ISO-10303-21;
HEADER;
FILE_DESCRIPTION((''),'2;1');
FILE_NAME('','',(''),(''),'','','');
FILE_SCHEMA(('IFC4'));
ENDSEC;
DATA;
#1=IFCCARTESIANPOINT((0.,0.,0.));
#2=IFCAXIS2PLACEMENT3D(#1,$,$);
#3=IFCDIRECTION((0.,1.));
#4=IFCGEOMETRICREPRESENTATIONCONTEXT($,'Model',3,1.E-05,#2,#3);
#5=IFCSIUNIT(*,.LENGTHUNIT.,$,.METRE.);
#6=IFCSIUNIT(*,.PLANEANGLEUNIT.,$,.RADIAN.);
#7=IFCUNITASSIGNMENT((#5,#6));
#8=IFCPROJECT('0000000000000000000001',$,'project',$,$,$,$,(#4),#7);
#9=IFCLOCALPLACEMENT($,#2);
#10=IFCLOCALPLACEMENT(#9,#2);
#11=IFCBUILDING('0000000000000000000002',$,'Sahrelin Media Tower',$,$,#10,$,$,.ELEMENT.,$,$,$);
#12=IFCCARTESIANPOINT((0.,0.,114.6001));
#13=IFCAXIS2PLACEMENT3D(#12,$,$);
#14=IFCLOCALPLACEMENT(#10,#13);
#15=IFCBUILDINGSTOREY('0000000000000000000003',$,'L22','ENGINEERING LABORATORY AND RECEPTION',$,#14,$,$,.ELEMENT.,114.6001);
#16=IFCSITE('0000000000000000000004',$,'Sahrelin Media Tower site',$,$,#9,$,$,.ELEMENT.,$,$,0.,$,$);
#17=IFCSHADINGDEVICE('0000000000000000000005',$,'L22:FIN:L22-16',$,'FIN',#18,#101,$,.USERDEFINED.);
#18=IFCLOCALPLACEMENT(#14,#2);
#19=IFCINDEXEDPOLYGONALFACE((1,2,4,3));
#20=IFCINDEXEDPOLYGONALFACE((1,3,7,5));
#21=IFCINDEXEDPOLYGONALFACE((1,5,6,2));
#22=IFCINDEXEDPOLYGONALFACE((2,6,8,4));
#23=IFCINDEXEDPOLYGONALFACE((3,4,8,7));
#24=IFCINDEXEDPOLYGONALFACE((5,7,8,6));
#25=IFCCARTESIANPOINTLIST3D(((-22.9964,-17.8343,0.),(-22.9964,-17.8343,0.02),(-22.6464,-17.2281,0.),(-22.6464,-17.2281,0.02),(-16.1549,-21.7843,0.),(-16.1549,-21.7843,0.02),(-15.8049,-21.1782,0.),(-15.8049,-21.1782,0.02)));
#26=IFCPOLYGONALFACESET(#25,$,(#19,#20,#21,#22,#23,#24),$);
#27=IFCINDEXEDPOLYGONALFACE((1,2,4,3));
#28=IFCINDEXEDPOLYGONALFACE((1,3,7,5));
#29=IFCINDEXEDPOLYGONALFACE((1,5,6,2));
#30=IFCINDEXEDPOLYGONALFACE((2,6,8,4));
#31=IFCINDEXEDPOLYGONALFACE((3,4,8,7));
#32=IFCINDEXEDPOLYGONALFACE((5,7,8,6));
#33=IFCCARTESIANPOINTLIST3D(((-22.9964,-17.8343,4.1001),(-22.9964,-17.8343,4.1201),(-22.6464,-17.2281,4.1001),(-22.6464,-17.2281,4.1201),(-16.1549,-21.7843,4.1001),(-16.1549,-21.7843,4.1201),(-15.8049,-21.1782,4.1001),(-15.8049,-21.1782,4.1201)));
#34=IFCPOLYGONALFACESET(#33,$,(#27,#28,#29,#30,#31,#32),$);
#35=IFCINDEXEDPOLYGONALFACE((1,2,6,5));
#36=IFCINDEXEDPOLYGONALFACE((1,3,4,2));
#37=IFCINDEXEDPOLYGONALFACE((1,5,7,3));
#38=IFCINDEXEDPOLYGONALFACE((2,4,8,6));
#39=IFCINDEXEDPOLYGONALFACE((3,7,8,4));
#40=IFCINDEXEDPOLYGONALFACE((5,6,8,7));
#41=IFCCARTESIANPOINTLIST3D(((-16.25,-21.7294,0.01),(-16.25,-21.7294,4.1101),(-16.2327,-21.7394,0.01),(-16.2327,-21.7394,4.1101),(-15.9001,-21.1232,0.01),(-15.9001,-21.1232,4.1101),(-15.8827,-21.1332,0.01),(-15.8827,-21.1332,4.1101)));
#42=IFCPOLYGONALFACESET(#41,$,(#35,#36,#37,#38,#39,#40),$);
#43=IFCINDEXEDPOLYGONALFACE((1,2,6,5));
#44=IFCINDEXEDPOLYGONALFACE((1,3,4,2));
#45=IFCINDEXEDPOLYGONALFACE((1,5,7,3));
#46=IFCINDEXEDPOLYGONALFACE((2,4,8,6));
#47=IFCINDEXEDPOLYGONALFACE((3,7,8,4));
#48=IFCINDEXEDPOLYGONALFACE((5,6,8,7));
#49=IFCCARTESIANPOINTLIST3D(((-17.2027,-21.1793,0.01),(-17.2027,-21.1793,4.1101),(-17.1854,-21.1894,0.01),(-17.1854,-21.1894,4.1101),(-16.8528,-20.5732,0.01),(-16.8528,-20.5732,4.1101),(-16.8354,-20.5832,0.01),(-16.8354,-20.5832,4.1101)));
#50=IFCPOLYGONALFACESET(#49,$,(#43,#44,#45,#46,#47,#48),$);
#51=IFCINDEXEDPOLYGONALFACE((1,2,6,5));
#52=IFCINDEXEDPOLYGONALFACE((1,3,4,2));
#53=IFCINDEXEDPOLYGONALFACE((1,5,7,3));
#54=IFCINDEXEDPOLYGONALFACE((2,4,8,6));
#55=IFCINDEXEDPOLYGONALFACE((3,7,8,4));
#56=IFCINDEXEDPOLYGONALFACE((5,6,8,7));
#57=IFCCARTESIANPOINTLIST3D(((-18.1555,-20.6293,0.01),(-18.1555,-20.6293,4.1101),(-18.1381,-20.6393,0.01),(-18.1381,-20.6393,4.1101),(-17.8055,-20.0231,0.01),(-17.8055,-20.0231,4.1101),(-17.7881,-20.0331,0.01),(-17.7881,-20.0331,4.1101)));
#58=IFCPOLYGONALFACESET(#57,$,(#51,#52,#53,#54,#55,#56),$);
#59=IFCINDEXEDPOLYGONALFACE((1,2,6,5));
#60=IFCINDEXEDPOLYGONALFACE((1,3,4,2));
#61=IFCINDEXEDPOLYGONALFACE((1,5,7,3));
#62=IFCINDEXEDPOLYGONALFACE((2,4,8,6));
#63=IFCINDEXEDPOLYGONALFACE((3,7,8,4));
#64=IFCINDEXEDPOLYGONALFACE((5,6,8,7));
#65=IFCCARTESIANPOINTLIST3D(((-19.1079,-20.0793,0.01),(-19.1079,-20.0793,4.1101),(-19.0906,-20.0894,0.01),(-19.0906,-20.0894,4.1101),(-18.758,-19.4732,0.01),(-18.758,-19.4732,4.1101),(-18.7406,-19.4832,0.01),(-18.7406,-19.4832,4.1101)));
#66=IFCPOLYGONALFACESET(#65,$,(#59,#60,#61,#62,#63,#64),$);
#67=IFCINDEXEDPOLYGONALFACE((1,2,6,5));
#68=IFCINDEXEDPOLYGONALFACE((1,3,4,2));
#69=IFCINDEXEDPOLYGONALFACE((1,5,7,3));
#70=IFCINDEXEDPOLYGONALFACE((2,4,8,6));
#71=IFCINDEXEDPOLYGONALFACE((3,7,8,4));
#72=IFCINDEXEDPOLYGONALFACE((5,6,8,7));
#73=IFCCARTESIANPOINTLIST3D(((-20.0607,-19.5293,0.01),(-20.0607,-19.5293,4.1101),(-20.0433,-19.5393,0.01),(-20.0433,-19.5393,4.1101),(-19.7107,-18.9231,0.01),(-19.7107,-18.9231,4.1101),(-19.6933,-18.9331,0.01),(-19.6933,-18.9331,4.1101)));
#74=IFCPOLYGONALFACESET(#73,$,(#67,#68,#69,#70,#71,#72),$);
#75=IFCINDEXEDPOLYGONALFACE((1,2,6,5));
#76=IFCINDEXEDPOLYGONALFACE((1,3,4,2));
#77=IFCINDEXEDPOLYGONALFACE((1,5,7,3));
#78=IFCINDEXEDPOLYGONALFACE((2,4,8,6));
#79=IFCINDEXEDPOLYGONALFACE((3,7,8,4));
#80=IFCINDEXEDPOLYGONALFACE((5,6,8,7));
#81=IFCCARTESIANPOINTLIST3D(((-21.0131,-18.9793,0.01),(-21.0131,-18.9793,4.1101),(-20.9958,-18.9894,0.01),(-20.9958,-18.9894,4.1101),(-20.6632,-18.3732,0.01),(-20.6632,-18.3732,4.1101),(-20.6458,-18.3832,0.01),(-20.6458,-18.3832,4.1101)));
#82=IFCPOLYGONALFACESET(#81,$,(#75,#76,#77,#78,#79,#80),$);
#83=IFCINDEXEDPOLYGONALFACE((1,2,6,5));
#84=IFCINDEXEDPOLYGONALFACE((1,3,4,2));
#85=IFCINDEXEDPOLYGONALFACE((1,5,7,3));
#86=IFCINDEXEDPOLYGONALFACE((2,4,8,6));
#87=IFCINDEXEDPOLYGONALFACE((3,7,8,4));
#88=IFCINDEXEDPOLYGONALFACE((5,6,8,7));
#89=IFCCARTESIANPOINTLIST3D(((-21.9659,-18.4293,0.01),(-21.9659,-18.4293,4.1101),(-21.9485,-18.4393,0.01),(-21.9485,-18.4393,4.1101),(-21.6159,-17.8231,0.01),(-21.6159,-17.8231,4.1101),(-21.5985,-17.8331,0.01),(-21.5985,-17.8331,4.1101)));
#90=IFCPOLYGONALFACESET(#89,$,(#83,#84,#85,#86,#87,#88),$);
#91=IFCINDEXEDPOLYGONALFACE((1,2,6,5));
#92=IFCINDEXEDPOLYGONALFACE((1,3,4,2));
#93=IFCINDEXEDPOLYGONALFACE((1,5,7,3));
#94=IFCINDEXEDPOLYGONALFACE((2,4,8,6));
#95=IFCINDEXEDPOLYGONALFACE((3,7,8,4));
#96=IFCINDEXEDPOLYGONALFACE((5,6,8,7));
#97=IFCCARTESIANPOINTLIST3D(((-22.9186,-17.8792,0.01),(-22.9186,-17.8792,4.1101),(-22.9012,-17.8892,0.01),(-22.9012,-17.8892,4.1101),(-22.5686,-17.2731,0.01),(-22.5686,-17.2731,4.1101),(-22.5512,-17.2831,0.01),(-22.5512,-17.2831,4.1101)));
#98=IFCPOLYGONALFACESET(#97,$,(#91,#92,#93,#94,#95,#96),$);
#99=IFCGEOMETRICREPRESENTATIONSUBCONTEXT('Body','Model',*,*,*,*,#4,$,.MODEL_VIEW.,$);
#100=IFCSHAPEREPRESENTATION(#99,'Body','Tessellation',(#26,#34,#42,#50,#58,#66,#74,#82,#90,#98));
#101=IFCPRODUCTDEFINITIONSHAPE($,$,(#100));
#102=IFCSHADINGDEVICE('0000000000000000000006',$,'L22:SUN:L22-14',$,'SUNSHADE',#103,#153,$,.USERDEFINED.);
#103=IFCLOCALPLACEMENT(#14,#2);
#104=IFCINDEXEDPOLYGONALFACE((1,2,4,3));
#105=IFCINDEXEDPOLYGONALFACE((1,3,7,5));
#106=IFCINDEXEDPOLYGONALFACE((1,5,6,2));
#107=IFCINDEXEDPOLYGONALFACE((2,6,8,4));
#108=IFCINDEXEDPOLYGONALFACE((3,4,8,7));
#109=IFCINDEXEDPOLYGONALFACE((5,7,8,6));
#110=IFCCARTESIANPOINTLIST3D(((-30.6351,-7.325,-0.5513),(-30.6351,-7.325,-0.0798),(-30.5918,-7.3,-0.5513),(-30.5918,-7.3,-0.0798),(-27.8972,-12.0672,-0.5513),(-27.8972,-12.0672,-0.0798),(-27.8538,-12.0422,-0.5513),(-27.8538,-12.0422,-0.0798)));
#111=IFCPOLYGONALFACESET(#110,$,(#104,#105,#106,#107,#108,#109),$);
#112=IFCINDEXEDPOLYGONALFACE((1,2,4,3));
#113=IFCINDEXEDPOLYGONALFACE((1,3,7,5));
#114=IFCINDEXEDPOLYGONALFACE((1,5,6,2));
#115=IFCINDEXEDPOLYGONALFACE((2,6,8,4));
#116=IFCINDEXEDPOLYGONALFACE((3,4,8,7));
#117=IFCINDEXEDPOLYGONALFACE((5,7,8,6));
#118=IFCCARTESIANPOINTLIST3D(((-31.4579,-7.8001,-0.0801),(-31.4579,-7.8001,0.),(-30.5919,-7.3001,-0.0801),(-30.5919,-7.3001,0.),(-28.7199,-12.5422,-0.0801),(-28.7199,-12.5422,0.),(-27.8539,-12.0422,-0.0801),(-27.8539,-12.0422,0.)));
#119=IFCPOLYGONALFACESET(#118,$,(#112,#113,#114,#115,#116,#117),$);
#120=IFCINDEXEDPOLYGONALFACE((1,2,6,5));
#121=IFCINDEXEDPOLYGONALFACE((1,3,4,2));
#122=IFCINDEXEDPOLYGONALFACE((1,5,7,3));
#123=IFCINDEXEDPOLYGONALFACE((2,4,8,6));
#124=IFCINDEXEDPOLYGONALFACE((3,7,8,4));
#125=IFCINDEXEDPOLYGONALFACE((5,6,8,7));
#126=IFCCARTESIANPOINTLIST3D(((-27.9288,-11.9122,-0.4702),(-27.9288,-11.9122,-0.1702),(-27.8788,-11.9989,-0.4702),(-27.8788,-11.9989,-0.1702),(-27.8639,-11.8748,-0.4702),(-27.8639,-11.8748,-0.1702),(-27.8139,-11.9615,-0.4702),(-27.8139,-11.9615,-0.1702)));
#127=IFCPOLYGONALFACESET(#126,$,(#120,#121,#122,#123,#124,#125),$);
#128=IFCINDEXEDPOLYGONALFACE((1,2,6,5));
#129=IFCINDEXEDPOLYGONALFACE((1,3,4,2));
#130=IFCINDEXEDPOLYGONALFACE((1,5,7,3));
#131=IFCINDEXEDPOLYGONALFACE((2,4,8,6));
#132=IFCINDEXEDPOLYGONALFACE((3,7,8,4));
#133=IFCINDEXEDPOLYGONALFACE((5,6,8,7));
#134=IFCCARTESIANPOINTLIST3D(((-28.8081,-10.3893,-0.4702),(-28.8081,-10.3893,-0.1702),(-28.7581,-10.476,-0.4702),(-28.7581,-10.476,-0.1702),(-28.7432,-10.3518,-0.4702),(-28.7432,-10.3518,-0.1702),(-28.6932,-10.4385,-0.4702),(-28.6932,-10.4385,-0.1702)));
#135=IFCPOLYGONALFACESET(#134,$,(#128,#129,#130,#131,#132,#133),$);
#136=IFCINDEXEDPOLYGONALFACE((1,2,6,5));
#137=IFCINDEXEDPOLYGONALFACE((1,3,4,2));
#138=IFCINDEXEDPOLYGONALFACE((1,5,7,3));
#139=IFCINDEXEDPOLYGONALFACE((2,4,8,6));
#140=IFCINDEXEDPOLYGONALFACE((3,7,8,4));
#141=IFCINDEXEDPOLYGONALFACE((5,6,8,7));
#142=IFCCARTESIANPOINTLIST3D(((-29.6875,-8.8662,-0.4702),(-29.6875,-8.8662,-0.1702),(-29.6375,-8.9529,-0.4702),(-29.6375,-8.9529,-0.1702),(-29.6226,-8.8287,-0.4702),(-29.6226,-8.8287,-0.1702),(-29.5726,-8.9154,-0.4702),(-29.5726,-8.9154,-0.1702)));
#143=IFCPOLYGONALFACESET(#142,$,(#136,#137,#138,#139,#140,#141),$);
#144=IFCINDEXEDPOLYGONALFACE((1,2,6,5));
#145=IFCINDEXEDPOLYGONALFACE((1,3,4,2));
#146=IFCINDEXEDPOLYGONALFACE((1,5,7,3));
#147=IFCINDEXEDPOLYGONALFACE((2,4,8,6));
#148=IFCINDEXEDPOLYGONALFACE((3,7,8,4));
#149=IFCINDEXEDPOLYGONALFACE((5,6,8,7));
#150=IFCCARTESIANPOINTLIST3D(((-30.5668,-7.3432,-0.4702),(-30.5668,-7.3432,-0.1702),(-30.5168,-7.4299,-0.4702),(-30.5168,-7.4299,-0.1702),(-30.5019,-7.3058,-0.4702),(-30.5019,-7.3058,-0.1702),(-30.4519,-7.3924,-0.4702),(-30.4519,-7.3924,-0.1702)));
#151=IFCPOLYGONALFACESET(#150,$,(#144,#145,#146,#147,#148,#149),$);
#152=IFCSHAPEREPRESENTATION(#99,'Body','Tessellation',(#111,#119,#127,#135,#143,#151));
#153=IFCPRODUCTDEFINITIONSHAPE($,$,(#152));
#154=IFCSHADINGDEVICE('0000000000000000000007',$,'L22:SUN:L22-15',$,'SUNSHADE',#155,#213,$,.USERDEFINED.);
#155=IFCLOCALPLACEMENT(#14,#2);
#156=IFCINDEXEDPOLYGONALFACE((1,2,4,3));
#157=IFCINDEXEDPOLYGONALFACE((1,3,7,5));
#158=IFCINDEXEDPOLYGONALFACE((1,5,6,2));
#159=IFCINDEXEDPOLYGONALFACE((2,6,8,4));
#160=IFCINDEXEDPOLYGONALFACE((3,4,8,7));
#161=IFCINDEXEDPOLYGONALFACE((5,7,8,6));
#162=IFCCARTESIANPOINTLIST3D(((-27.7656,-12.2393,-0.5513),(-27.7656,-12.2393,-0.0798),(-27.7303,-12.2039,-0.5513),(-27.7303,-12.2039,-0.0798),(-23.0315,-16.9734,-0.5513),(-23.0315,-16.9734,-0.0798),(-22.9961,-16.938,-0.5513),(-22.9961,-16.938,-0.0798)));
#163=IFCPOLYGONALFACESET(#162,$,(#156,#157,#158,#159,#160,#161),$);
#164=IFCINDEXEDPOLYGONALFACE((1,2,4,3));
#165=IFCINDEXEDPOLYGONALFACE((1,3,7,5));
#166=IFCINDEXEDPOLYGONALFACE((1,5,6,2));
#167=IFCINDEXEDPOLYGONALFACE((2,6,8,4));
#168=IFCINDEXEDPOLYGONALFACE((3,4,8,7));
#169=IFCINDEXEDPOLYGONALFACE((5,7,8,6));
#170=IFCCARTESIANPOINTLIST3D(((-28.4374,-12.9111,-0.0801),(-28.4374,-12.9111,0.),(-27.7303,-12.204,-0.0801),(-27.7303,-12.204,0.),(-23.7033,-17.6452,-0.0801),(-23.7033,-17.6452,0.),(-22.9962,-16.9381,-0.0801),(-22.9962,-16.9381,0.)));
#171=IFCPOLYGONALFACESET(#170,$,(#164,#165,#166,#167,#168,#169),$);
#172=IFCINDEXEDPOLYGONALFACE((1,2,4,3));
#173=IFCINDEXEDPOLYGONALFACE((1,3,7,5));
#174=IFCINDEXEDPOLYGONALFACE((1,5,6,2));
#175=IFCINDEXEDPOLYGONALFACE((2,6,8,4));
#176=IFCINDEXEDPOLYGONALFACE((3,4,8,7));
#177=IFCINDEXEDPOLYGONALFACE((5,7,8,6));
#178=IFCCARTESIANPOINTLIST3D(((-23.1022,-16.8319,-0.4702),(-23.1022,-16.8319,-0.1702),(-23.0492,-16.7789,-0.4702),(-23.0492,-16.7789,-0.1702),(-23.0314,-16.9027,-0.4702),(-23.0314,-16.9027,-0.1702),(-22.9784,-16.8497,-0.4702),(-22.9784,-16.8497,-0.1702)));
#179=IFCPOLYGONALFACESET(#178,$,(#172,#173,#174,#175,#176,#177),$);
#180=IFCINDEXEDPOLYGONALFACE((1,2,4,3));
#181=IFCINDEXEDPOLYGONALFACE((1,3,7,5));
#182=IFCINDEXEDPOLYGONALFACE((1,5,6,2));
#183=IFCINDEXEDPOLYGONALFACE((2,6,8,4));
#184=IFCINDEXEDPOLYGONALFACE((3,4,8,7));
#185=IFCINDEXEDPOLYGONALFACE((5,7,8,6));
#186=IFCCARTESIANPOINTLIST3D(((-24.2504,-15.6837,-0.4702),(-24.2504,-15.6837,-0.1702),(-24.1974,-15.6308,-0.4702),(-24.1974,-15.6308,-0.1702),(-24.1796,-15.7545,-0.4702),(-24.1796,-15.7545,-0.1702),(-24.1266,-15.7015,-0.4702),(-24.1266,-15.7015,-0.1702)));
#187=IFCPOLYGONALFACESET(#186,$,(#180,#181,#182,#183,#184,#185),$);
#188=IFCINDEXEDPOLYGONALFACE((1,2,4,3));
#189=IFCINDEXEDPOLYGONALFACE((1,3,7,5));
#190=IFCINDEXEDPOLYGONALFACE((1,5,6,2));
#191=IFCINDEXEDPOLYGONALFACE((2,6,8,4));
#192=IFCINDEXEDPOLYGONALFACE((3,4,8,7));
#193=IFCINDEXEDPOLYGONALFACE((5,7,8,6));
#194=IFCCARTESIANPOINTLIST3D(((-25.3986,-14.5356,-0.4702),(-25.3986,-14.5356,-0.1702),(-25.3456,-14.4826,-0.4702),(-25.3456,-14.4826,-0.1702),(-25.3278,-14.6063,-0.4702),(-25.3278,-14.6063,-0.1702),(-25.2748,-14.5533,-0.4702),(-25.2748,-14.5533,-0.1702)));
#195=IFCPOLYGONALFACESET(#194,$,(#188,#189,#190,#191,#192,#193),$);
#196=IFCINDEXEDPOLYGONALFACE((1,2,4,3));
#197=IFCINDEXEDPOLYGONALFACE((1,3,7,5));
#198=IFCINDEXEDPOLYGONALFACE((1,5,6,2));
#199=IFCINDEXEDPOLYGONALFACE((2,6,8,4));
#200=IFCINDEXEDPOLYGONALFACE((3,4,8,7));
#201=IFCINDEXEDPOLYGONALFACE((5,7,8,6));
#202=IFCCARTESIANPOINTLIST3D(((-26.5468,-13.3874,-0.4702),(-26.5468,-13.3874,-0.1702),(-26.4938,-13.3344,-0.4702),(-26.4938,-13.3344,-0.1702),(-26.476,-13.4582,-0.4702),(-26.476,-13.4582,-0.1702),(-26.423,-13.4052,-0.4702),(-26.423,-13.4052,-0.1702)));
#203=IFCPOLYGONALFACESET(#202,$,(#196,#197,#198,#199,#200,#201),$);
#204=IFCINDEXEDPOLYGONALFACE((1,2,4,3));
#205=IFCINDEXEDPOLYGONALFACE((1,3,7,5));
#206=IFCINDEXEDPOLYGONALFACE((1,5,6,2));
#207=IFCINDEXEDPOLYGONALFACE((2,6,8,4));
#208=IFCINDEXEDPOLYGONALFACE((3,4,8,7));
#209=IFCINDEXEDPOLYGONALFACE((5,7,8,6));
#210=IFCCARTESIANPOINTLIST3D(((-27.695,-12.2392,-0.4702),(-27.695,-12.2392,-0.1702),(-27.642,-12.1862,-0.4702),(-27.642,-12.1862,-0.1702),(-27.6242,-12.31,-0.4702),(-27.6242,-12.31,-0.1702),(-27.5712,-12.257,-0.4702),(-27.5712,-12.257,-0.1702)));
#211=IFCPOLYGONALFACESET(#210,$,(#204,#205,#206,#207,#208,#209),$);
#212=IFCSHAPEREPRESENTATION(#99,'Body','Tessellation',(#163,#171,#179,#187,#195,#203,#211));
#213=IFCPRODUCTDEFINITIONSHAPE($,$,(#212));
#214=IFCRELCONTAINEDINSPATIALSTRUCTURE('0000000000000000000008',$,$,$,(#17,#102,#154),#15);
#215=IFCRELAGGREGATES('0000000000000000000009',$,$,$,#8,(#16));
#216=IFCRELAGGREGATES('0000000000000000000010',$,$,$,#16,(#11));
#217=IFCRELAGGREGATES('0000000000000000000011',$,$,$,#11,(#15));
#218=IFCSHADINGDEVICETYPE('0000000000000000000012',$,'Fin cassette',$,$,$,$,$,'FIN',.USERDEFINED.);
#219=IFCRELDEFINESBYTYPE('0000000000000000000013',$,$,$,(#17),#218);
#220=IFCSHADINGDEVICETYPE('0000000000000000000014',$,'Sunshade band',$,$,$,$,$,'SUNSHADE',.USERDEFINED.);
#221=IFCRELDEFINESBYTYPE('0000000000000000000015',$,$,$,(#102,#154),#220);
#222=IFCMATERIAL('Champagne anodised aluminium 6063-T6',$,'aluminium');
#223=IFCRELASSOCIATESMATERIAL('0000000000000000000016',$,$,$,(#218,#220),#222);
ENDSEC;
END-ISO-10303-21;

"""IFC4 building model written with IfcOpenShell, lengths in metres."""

from ifc_helpers import new_model, si_unit, direction, frame, origin, origin_2d, place, context, subcontext, project, spatial, rectangle, extrude, material, type_object, element, save


model = new_model("IFC4")

# Units and contexts
model_context = context("Model", 3, precision=1e-05, world=origin(), true_north=direction((0.0, 1.0)))
body_context = subcontext(model_context, "Body", "Model", "MODEL_VIEW")
ifc_project = project(units=[si_unit("LENGTHUNIT", "METRE"), si_unit("PLANEANGLEUNIT", "RADIAN")], contexts=[model_context])

# Site, building, storey
site_placement = place(None, origin())
site = spatial("IfcSite", under=ifc_project, at=site_placement, Name="Sahrelin Media Tower site", CompositionType="ELEMENT", RefElevation=0.0)
building_placement = place(site_placement, origin())
building = spatial("IfcBuilding", under=site, at=building_placement, Name="Sahrelin Media Tower", CompositionType="ELEMENT")
storey_placement = place(building_placement, frame((0.0, 0.0, 114.6001)))
storey = spatial("IfcBuildingStorey", under=building, at=storey_placement, Name="L22", Description="ENGINEERING LABORATORY AND RECEPTION", CompositionType="ELEMENT", Elevation=114.6001)

# Shared definitions
ifc_material_1 = material(Name="Champagne anodised aluminium 6063-T6", Category="aluminium")

# Shading devices
shading_device_type_1 = type_object("IfcShadingDeviceType", Name="Fin cassette", ElementType="FIN", PredefinedType="USERDEFINED", material=ifc_material_1)
placement_1 = place(storey_placement, frame((-25.3491, -14.5569, 0.0), z_axis=(0.0, 0.0, 1.0), x_axis=(-0.707107, 0.707107, 0.0)))
placement_2 = place(storey_placement, frame((-19.1907, -19.1426, 0.0), z_axis=(0.0, 0.0, 1.0), x_axis=(-0.866019, 0.500011, 0.0)))
element("IfcShadingDevice", 1, at=placement_2, inside=storey, type_object=shading_device_type_1, Name="L22:FIN:L22-16", ObjectType="FIN", PredefinedType="USERDEFINED", context=body_context, shape_type="SweptSolid", body=[
    extrude(rectangle(XDim=7.8999, YDim=0.7, at=origin_2d()), frame((0.0, 0.4199, 0.0)), (0.0, 0.0, 1.0), 0.02),
    extrude(rectangle(XDim=7.8999, YDim=0.7, at=origin_2d()), frame((0.0, 0.4199, 4.1001)), (0.0, 0.0, 1.0), 0.02),
    extrude(rectangle(XDim=0.02, YDim=0.7, at=origin_2d()), frame((-3.8501, 0.4199, 0.01), z_axis=(0.0, 0.0, 1.0), x_axis=(1.0, 0.0, 0.0)), (0.0, 0.0, 1.0), 4.1001),
    extrude(rectangle(XDim=0.02, YDim=0.7, at=origin_2d()), frame((-2.75, 0.4199, 0.01), z_axis=(0.0, 0.0, 1.0), x_axis=(1.0, 0.0, 0.0)), (0.0, 0.0, 1.0), 4.1001),
    extrude(rectangle(XDim=0.02, YDim=0.7, at=origin_2d()), frame((-1.6499, 0.4199, 0.01), z_axis=(0.0, 0.0, 1.0), x_axis=(1.0, 0.0, 0.0)), (0.0, 0.0, 1.0), 4.1001),
    extrude(rectangle(XDim=0.02, YDim=0.7, at=origin_2d()), frame((-0.55, 0.4199, 0.01), z_axis=(0.0, 0.0, 1.0), x_axis=(1.0, 0.0, 0.0)), (0.0, 0.0, 1.0), 4.1001),
    extrude(rectangle(XDim=0.02, YDim=0.7, at=origin_2d()), frame((0.55, 0.4199, 0.01), z_axis=(0.0, 0.0, 1.0), x_axis=(1.0, 0.0, 0.0)), (0.0, 0.0, 1.0), 4.1001),
    extrude(rectangle(XDim=0.02, YDim=0.7, at=origin_2d()), frame((1.6499, 0.4199, 0.01), z_axis=(0.0, 0.0, 1.0), x_axis=(1.0, 0.0, 0.0)), (0.0, 0.0, 1.0), 4.1001),
    extrude(rectangle(XDim=0.02, YDim=0.7, at=origin_2d()), frame((2.75, 0.4199, 0.01), z_axis=(0.0, 0.0, 1.0), x_axis=(1.0, 0.0, 0.0)), (0.0, 0.0, 1.0), 4.1001),
    extrude(rectangle(XDim=0.02, YDim=0.7, at=origin_2d()), frame((3.8501, 0.4199, 0.01), z_axis=(0.0, 0.0, 1.0), x_axis=(1.0, 0.0, 0.0)), (0.0, 0.0, 1.0), 4.1001),
])
shading_device_type_2 = type_object("IfcShadingDeviceType", Name="Sunshade band", ElementType="SUNSHADE", PredefinedType="USERDEFINED", material=ifc_material_1)
shading_device_1_placement = place(storey_placement, frame((-29.2056, -9.6611, 0.0), z_axis=(0.0, 0.0, 1.0), x_axis=(-0.500011, 0.866019, 0.0)))
element("IfcShadingDevice", 2, at=shading_device_1_placement, inside=storey, type_object=shading_device_type_2, Name="L22:SUN:L22-14", ObjectType="SUNSHADE", PredefinedType="USERDEFINED", context=body_context, shape_type="SweptSolid", body=[
    extrude(rectangle(XDim=5.4758, YDim=0.05, at=origin_2d()), frame((0.0, 0.0449, -0.5513)), (0.0, 0.0, 1.0), 0.4714),
    extrude(rectangle(XDim=5.4758, YDim=1.0, at=origin_2d()), frame((0.0, 0.52, -0.0801)), (0.0, 0.0, 1.0), 0.0801),
    extrude(rectangle(XDim=0.1001, YDim=0.075, at=origin_2d()), frame((-2.6379, -0.0176, -0.4702)), (0.0, 0.0, 1.0), 0.3),
    extrude(rectangle(XDim=0.1001, YDim=0.075, at=origin_2d()), frame((-0.8794, -0.0176, -0.4702)), (0.0, 0.0, 1.0), 0.3),
    extrude(rectangle(XDim=0.1001, YDim=0.075, at=origin_2d()), frame((0.8794, -0.0176, -0.4702)), (0.0, 0.0, 1.0), 0.3),
    extrude(rectangle(XDim=0.1001, YDim=0.075, at=origin_2d()), frame((2.6379, -0.0176, -0.4702)), (0.0, 0.0, 1.0), 0.3),
])
element("IfcShadingDevice", 3, at=placement_1, inside=storey, type_object=shading_device_type_2, Name="L22:SUN:L22-15", ObjectType="SUNSHADE", PredefinedType="USERDEFINED", context=body_context, shape_type="SweptSolid", body=[
    extrude(rectangle(XDim=6.6951, YDim=0.05, at=origin_2d()), frame((0.0, 0.0449, -0.5513)), (0.0, 0.0, 1.0), 0.4714),
    extrude(rectangle(XDim=6.6951, YDim=1.0, at=origin_2d()), frame((0.0, 0.52, -0.0801)), (0.0, 0.0, 1.0), 0.0801),
    extrude(rectangle(XDim=0.1001, YDim=0.075, at=origin_2d()), frame((-3.2476, -0.0176, -0.4702)), (0.0, 0.0, 1.0), 0.3),
    extrude(rectangle(XDim=0.1001, YDim=0.075, at=origin_2d()), frame((-1.6238, -0.0176, -0.4702)), (0.0, 0.0, 1.0), 0.3),
    extrude(rectangle(XDim=0.1001, YDim=0.075, at=origin_2d()), frame((0.0, -0.0176, -0.4702)), (0.0, 0.0, 1.0), 0.3),
    extrude(rectangle(XDim=0.1001, YDim=0.075, at=origin_2d()), frame((1.6238, -0.0176, -0.4702)), (0.0, 0.0, 1.0), 0.3),
    extrude(rectangle(XDim=0.1001, YDim=0.075, at=origin_2d()), frame((3.2476, -0.0176, -0.4702)), (0.0, 0.0, 1.0), 0.3),
])

save(model, "model.ifc")
